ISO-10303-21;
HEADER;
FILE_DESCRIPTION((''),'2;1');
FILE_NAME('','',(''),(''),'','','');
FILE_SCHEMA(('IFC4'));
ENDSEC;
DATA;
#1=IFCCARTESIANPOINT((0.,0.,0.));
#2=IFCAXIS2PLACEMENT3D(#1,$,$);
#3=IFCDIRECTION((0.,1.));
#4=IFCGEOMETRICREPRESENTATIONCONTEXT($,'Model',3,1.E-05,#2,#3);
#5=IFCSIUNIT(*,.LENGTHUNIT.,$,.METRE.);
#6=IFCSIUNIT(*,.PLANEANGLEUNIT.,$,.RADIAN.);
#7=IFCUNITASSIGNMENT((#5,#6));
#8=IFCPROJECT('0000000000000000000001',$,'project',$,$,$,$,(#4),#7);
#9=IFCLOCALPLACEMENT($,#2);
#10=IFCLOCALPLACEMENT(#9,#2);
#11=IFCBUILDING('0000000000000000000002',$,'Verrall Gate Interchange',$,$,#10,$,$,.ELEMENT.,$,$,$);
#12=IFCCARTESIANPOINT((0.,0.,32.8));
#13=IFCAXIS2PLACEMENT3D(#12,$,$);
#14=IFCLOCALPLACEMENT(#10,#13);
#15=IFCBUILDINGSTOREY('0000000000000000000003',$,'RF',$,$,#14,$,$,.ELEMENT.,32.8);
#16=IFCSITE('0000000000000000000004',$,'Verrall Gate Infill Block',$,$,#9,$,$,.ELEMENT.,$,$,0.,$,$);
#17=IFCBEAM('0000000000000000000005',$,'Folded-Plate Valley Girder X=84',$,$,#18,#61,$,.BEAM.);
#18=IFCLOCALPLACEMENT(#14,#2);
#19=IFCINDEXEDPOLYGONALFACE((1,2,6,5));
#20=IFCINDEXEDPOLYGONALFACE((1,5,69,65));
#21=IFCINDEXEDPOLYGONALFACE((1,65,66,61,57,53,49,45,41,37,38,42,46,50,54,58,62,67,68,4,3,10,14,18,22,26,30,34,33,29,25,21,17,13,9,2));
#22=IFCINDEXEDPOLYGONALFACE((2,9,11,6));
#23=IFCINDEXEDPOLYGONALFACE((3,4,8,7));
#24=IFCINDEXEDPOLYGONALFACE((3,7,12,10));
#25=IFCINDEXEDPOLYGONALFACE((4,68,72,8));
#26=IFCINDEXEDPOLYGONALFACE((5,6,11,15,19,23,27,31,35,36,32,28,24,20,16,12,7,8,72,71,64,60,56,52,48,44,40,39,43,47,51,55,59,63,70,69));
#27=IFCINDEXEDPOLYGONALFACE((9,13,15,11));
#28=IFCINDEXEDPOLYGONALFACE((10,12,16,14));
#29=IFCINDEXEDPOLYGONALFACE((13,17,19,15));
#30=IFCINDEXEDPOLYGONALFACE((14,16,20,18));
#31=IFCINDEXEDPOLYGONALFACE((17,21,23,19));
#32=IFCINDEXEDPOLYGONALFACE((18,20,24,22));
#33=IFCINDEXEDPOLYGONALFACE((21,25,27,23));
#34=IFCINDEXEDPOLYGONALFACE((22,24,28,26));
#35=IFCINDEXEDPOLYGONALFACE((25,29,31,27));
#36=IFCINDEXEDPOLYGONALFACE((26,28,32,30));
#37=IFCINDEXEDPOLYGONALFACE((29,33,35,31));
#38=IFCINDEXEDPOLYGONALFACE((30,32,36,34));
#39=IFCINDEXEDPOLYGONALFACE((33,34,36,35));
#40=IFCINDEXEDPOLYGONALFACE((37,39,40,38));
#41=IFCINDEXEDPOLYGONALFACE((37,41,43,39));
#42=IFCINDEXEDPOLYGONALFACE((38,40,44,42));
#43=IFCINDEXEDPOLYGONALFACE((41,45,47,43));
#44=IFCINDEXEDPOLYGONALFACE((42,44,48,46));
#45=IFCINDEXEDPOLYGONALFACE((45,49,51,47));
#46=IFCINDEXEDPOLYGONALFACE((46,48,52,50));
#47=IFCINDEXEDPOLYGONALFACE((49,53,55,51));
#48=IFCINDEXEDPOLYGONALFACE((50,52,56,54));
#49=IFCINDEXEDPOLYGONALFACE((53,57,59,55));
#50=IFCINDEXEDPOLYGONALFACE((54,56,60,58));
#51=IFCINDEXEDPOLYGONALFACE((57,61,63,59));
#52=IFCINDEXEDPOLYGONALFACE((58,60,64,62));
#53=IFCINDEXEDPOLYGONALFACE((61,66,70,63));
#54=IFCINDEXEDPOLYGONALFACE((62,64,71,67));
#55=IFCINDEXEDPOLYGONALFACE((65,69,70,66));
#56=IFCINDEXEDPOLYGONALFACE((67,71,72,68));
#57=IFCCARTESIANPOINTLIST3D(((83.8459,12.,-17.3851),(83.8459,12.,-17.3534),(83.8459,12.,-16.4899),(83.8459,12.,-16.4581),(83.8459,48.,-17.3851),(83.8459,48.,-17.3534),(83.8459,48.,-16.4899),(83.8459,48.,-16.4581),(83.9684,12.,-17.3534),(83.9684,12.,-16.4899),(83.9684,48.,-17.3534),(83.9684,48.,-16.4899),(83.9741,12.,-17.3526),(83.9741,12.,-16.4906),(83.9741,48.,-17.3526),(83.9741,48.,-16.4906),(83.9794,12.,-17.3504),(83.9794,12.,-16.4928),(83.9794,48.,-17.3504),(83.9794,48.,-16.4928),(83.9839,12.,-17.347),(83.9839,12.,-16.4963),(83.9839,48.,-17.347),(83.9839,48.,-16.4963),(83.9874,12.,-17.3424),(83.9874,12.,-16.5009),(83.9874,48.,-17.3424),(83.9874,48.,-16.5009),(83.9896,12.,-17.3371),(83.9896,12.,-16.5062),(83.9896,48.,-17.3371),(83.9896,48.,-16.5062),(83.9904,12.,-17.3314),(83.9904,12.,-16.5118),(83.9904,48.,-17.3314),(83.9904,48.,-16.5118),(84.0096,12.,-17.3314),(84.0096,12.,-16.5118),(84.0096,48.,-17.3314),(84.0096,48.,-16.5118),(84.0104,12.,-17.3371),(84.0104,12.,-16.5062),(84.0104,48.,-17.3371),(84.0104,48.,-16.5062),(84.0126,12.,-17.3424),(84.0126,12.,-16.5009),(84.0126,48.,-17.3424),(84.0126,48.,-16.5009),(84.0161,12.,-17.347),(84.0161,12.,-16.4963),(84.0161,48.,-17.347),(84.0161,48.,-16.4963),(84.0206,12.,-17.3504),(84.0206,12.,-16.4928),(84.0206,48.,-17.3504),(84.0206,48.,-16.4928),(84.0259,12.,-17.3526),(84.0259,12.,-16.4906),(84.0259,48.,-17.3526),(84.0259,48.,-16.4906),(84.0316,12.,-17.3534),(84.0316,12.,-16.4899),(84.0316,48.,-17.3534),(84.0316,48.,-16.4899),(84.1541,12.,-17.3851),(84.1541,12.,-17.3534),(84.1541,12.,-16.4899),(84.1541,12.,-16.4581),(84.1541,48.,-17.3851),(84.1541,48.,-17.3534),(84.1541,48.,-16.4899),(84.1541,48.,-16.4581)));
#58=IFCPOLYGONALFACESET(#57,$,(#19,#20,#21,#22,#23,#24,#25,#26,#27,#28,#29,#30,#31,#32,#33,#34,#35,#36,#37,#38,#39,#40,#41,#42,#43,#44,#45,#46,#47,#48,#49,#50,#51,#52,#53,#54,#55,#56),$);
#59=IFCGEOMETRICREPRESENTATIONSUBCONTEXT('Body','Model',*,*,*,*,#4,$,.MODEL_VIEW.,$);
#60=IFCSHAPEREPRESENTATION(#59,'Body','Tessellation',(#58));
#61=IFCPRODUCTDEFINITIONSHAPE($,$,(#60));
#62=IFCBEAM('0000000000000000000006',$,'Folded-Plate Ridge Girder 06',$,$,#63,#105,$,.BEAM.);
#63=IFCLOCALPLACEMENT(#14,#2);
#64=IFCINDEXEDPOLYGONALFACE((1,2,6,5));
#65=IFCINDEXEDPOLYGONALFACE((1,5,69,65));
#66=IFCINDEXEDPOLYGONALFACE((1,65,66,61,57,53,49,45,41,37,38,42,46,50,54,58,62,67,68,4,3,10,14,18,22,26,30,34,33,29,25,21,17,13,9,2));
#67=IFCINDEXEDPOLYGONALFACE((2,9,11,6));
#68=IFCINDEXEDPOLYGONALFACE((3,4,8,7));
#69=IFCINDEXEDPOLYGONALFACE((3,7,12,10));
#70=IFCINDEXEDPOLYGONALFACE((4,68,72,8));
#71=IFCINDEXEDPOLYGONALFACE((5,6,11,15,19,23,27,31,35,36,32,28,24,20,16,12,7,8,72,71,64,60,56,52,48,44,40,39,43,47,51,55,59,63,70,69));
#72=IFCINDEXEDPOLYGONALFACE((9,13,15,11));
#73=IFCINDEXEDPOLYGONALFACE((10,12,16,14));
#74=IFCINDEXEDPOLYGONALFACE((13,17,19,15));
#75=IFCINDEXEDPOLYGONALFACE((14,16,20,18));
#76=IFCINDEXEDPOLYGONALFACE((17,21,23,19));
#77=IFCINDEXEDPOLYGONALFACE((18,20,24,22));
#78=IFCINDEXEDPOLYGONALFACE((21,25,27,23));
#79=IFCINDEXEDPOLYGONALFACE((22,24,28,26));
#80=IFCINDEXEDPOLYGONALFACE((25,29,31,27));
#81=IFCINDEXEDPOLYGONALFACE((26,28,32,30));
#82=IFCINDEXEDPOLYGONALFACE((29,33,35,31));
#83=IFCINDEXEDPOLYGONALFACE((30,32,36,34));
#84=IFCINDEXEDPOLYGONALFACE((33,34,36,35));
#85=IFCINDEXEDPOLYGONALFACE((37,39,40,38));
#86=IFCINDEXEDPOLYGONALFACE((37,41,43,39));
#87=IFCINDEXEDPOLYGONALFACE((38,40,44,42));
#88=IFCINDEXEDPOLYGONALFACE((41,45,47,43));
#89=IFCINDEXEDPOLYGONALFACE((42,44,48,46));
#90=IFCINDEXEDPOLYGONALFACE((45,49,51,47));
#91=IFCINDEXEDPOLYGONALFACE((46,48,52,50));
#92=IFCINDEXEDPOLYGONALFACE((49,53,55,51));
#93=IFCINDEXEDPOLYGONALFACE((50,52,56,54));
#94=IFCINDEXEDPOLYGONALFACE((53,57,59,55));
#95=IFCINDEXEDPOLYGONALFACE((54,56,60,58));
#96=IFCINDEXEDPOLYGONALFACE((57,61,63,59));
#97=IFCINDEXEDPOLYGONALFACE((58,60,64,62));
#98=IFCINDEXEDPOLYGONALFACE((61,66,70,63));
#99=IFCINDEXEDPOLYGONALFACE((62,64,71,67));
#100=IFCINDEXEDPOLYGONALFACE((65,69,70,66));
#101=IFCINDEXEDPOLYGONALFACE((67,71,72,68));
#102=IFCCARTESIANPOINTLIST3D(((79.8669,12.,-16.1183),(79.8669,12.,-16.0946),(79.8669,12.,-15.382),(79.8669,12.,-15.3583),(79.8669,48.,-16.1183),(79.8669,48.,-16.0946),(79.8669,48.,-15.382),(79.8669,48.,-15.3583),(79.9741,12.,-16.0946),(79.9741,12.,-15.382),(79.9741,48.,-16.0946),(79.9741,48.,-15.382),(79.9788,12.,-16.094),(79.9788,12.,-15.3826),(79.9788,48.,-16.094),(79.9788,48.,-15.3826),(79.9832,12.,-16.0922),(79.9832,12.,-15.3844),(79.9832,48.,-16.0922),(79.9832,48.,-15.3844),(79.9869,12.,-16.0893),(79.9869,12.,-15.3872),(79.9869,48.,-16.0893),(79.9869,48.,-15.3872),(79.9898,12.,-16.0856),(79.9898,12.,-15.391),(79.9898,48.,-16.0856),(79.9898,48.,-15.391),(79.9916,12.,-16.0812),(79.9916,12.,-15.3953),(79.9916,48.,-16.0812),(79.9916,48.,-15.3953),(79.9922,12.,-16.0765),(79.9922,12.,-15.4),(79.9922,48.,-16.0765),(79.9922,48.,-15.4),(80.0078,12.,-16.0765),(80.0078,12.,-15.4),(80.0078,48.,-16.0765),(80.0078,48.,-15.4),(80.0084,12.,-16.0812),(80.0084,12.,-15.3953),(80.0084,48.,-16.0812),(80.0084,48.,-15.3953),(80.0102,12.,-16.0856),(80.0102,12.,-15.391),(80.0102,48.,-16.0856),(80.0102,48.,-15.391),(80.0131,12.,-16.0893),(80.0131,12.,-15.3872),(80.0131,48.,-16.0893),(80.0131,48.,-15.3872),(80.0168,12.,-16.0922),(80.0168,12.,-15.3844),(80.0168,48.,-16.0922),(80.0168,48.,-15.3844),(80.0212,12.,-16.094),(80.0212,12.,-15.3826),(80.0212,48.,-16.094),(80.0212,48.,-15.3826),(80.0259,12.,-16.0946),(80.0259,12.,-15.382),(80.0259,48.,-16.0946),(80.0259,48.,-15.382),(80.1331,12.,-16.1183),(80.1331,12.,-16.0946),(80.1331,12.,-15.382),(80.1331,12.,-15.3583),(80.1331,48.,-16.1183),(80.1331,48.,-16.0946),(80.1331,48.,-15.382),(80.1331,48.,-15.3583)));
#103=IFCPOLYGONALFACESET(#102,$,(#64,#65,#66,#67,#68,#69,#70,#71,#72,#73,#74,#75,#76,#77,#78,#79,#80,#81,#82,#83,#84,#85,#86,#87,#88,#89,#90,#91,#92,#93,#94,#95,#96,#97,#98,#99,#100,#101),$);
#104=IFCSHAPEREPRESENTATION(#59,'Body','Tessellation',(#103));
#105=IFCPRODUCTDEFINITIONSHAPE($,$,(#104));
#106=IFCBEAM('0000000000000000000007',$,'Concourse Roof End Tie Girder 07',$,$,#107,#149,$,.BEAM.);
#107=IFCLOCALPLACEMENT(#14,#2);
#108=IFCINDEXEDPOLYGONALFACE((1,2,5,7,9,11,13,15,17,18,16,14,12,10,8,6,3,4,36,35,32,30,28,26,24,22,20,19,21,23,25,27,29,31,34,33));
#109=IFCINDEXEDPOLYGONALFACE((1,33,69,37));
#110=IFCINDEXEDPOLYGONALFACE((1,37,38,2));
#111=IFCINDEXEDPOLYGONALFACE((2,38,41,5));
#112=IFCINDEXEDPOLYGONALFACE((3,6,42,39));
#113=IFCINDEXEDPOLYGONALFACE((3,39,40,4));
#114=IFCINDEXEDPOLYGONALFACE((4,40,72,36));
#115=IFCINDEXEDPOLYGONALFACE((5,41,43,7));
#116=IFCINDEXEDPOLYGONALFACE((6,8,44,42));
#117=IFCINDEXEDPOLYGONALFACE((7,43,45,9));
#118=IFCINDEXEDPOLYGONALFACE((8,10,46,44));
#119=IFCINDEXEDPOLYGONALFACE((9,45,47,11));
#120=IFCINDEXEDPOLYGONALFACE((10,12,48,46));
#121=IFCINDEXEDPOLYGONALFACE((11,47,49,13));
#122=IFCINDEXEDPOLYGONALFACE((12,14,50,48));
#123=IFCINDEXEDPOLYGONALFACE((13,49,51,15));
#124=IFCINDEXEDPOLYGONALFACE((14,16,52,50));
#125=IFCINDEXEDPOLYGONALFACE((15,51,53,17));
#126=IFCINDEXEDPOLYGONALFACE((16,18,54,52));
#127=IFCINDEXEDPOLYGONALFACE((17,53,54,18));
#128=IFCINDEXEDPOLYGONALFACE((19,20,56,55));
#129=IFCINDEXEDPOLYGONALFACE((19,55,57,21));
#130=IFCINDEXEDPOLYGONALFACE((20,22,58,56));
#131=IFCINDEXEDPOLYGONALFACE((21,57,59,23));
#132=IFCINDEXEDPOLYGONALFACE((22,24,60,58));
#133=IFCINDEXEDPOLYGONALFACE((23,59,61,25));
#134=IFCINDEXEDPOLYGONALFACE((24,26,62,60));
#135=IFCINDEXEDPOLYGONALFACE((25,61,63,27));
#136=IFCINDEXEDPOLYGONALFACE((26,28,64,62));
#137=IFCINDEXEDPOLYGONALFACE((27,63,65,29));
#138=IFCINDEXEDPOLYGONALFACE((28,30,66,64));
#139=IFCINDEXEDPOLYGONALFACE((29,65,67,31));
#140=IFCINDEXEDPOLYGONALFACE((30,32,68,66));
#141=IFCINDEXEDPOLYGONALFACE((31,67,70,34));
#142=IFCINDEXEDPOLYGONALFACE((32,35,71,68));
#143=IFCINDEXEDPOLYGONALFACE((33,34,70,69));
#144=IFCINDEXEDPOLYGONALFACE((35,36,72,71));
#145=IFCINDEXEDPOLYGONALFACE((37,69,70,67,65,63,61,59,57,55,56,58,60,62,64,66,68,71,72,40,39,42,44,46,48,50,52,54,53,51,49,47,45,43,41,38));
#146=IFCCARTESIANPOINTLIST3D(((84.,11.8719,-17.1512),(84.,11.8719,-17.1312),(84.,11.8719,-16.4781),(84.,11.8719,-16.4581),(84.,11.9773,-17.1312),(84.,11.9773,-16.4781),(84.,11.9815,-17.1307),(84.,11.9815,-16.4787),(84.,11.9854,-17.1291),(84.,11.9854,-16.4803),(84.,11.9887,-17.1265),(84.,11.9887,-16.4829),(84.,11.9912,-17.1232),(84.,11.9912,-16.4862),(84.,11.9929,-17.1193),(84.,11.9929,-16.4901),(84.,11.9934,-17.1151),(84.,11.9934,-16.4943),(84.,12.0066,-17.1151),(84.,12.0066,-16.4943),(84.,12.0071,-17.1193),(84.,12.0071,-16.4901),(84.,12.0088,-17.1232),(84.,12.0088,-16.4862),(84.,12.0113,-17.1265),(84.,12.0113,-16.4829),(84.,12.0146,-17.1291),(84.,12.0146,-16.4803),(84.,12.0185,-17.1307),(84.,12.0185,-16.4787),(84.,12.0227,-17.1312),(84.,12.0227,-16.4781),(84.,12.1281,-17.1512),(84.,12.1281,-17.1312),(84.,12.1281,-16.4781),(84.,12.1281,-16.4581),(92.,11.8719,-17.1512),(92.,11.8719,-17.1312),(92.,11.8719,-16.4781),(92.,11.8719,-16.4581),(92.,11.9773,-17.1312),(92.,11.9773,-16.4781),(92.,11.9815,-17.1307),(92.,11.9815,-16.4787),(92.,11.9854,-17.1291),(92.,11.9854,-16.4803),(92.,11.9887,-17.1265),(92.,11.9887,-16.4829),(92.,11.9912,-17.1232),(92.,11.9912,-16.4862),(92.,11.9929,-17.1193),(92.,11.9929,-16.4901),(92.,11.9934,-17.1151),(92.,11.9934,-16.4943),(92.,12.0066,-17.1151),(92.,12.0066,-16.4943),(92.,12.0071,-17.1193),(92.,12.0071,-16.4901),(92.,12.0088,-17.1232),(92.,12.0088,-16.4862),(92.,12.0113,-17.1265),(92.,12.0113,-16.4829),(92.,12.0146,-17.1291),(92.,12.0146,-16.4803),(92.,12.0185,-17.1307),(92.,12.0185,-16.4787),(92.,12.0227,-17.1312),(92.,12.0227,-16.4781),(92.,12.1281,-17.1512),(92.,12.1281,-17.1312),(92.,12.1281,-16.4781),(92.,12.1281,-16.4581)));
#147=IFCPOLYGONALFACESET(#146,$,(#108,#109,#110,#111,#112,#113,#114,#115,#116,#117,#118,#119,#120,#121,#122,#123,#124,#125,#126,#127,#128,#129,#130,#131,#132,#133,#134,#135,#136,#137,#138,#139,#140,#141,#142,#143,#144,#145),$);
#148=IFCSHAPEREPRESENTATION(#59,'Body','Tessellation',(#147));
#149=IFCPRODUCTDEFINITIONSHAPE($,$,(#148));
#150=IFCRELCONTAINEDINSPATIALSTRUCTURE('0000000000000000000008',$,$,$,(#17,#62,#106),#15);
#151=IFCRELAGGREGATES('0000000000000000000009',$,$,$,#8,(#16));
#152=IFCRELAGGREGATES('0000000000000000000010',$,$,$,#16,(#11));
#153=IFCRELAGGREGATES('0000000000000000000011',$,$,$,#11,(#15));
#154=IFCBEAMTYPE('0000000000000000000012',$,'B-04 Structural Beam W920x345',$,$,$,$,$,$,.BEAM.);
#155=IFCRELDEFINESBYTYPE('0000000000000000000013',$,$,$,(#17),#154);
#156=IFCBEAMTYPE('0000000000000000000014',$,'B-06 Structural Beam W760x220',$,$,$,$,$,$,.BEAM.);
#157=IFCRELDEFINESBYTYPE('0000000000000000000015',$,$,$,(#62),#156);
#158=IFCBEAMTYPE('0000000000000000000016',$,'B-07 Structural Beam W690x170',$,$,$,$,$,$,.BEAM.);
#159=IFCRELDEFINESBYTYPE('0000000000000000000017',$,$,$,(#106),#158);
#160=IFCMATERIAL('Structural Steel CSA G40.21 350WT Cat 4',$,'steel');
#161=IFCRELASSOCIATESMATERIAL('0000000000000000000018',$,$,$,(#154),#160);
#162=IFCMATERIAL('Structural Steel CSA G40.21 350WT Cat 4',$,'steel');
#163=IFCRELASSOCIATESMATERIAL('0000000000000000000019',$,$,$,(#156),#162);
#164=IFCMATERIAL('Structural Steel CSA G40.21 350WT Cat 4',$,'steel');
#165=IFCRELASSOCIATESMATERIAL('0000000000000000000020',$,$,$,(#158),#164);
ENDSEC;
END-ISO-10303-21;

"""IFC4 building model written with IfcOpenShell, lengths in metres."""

from ifc_helpers import new_model, si_unit, direction, frame, origin, origin_2d, place, context, subcontext, project, spatial, i_section, extrude, material, material_profile, profile_set, type_object, element, save


model = new_model("IFC4")

# Units and contexts
model_context = context("Model", 3, precision=1e-05, world=origin(), true_north=direction((0.0, 1.0)))
body_context = subcontext(model_context, "Body", "Model", "MODEL_VIEW")
ifc_project = project(units=[si_unit("LENGTHUNIT", "METRE"), si_unit("PLANEANGLEUNIT", "RADIAN")], contexts=[model_context])

# Site, building, storey
site_placement = place(None, origin())
site = spatial("IfcSite", under=ifc_project, at=site_placement, Name="Verrall Gate Infill Block", CompositionType="ELEMENT", RefElevation=0.0)
building_placement = place(site_placement, origin())
building = spatial("IfcBuilding", under=site, at=building_placement, Name="Verrall Gate Interchange", CompositionType="ELEMENT")
storey_placement = place(building_placement, frame((0.0, 0.0, 32.8)))
storey = spatial("IfcBuildingStorey", under=building, at=storey_placement, Name="RF", CompositionType="ELEMENT", Elevation=32.8)

# Beams
ifc_material_1 = material(Name="Structural Steel CSA G40.21 350WT Cat 4", Category="steel")
ifc_material_profile_1 = material_profile(ifc_material_1, i_section(OverallWidth=0.3081, OverallDepth=0.927, WebThickness=0.0193, FlangeThickness=0.0317, FilletRadius=0.022, at=origin_2d()), Name="W920x345")
ifc_profile_set_1 = profile_set([ifc_material_profile_1], Name="Structural Steel CSA G40.21 350WT Cat 4")
beam_type_1 = type_object("IfcBeamType", Name="B-04 Structural Beam W920x345", PredefinedType="BEAM", material=ifc_profile_set_1)
beam_1_placement = place(storey_placement, frame((84.0, 12.0, -16.9216), z_axis=(0.0, 1.0, 0.0), x_axis=(-1.0, 0.0, 0.0)))
element("IfcBeam", 1, at=beam_1_placement, inside=storey, type_object=beam_type_1, Name="Folded-Plate Valley Girder X=84", PredefinedType="BEAM", context=body_context, shape_type="SweptSolid", body=[
    extrude(i_section(OverallWidth=0.3081, OverallDepth=0.927, WebThickness=0.0193, FlangeThickness=0.0317, FilletRadius=0.022, at=origin_2d()), origin(), (0.0, 0.0, 1.0), 36.0),
])
ifc_material_2 = material(Name="Structural Steel CSA G40.21 350WT Cat 4", Category="steel")
ifc_material_profile_2 = material_profile(ifc_material_2, i_section(OverallWidth=0.2661, OverallDepth=0.76, WebThickness=0.0156, FlangeThickness=0.0237, FilletRadius=0.0181, at=origin_2d()), Name="W760x220")
ifc_profile_set_2 = profile_set([ifc_material_profile_2], Name="Structural Steel CSA G40.21 350WT Cat 4")
beam_type_2 = type_object("IfcBeamType", Name="B-06 Structural Beam W760x220", PredefinedType="BEAM", material=ifc_profile_set_2)
beam_2_placement = place(storey_placement, frame((80.0, 12.0, -15.7383), z_axis=(0.0, 1.0, 0.0), x_axis=(-1.0, 0.0, 0.0)))
element("IfcBeam", 2, at=beam_2_placement, inside=storey, type_object=beam_type_2, Name="Folded-Plate Ridge Girder 06", PredefinedType="BEAM", context=body_context, shape_type="SweptSolid", body=[
    extrude(i_section(OverallWidth=0.2661, OverallDepth=0.76, WebThickness=0.0156, FlangeThickness=0.0237, FilletRadius=0.0181, at=origin_2d()), origin(), (0.0, 0.0, 1.0), 36.0),
])
ifc_material_3 = material(Name="Structural Steel CSA G40.21 350WT Cat 4", Category="steel")
ifc_material_profile_3 = material_profile(ifc_material_3, i_section(OverallWidth=0.2561, OverallDepth=0.6931, WebThickness=0.0132, FlangeThickness=0.02, FilletRadius=0.0161, at=origin_2d()), Name="W690x170")
ifc_profile_set_3 = profile_set([ifc_material_profile_3], Name="Structural Steel CSA G40.21 350WT Cat 4")
beam_type_3 = type_object("IfcBeamType", Name="B-07 Structural Beam W690x170", PredefinedType="BEAM", material=ifc_profile_set_3)
beam_3_placement = place(storey_placement, frame((84.0, 12.0, -16.8047), z_axis=(1.0, 0.0, 0.0), x_axis=(0.0, 1.0, 0.0)))
element("IfcBeam", 3, at=beam_3_placement, inside=storey, type_object=beam_type_3, Name="Concourse Roof End Tie Girder 07", PredefinedType="BEAM", context=body_context, shape_type="SweptSolid", body=[
    extrude(i_section(OverallWidth=0.2561, OverallDepth=0.6931, WebThickness=0.0132, FlangeThickness=0.02, FilletRadius=0.0161, at=origin_2d()), origin(), (0.0, 0.0, 1.0), 8.0),
])

save(model, "model.ifc")
